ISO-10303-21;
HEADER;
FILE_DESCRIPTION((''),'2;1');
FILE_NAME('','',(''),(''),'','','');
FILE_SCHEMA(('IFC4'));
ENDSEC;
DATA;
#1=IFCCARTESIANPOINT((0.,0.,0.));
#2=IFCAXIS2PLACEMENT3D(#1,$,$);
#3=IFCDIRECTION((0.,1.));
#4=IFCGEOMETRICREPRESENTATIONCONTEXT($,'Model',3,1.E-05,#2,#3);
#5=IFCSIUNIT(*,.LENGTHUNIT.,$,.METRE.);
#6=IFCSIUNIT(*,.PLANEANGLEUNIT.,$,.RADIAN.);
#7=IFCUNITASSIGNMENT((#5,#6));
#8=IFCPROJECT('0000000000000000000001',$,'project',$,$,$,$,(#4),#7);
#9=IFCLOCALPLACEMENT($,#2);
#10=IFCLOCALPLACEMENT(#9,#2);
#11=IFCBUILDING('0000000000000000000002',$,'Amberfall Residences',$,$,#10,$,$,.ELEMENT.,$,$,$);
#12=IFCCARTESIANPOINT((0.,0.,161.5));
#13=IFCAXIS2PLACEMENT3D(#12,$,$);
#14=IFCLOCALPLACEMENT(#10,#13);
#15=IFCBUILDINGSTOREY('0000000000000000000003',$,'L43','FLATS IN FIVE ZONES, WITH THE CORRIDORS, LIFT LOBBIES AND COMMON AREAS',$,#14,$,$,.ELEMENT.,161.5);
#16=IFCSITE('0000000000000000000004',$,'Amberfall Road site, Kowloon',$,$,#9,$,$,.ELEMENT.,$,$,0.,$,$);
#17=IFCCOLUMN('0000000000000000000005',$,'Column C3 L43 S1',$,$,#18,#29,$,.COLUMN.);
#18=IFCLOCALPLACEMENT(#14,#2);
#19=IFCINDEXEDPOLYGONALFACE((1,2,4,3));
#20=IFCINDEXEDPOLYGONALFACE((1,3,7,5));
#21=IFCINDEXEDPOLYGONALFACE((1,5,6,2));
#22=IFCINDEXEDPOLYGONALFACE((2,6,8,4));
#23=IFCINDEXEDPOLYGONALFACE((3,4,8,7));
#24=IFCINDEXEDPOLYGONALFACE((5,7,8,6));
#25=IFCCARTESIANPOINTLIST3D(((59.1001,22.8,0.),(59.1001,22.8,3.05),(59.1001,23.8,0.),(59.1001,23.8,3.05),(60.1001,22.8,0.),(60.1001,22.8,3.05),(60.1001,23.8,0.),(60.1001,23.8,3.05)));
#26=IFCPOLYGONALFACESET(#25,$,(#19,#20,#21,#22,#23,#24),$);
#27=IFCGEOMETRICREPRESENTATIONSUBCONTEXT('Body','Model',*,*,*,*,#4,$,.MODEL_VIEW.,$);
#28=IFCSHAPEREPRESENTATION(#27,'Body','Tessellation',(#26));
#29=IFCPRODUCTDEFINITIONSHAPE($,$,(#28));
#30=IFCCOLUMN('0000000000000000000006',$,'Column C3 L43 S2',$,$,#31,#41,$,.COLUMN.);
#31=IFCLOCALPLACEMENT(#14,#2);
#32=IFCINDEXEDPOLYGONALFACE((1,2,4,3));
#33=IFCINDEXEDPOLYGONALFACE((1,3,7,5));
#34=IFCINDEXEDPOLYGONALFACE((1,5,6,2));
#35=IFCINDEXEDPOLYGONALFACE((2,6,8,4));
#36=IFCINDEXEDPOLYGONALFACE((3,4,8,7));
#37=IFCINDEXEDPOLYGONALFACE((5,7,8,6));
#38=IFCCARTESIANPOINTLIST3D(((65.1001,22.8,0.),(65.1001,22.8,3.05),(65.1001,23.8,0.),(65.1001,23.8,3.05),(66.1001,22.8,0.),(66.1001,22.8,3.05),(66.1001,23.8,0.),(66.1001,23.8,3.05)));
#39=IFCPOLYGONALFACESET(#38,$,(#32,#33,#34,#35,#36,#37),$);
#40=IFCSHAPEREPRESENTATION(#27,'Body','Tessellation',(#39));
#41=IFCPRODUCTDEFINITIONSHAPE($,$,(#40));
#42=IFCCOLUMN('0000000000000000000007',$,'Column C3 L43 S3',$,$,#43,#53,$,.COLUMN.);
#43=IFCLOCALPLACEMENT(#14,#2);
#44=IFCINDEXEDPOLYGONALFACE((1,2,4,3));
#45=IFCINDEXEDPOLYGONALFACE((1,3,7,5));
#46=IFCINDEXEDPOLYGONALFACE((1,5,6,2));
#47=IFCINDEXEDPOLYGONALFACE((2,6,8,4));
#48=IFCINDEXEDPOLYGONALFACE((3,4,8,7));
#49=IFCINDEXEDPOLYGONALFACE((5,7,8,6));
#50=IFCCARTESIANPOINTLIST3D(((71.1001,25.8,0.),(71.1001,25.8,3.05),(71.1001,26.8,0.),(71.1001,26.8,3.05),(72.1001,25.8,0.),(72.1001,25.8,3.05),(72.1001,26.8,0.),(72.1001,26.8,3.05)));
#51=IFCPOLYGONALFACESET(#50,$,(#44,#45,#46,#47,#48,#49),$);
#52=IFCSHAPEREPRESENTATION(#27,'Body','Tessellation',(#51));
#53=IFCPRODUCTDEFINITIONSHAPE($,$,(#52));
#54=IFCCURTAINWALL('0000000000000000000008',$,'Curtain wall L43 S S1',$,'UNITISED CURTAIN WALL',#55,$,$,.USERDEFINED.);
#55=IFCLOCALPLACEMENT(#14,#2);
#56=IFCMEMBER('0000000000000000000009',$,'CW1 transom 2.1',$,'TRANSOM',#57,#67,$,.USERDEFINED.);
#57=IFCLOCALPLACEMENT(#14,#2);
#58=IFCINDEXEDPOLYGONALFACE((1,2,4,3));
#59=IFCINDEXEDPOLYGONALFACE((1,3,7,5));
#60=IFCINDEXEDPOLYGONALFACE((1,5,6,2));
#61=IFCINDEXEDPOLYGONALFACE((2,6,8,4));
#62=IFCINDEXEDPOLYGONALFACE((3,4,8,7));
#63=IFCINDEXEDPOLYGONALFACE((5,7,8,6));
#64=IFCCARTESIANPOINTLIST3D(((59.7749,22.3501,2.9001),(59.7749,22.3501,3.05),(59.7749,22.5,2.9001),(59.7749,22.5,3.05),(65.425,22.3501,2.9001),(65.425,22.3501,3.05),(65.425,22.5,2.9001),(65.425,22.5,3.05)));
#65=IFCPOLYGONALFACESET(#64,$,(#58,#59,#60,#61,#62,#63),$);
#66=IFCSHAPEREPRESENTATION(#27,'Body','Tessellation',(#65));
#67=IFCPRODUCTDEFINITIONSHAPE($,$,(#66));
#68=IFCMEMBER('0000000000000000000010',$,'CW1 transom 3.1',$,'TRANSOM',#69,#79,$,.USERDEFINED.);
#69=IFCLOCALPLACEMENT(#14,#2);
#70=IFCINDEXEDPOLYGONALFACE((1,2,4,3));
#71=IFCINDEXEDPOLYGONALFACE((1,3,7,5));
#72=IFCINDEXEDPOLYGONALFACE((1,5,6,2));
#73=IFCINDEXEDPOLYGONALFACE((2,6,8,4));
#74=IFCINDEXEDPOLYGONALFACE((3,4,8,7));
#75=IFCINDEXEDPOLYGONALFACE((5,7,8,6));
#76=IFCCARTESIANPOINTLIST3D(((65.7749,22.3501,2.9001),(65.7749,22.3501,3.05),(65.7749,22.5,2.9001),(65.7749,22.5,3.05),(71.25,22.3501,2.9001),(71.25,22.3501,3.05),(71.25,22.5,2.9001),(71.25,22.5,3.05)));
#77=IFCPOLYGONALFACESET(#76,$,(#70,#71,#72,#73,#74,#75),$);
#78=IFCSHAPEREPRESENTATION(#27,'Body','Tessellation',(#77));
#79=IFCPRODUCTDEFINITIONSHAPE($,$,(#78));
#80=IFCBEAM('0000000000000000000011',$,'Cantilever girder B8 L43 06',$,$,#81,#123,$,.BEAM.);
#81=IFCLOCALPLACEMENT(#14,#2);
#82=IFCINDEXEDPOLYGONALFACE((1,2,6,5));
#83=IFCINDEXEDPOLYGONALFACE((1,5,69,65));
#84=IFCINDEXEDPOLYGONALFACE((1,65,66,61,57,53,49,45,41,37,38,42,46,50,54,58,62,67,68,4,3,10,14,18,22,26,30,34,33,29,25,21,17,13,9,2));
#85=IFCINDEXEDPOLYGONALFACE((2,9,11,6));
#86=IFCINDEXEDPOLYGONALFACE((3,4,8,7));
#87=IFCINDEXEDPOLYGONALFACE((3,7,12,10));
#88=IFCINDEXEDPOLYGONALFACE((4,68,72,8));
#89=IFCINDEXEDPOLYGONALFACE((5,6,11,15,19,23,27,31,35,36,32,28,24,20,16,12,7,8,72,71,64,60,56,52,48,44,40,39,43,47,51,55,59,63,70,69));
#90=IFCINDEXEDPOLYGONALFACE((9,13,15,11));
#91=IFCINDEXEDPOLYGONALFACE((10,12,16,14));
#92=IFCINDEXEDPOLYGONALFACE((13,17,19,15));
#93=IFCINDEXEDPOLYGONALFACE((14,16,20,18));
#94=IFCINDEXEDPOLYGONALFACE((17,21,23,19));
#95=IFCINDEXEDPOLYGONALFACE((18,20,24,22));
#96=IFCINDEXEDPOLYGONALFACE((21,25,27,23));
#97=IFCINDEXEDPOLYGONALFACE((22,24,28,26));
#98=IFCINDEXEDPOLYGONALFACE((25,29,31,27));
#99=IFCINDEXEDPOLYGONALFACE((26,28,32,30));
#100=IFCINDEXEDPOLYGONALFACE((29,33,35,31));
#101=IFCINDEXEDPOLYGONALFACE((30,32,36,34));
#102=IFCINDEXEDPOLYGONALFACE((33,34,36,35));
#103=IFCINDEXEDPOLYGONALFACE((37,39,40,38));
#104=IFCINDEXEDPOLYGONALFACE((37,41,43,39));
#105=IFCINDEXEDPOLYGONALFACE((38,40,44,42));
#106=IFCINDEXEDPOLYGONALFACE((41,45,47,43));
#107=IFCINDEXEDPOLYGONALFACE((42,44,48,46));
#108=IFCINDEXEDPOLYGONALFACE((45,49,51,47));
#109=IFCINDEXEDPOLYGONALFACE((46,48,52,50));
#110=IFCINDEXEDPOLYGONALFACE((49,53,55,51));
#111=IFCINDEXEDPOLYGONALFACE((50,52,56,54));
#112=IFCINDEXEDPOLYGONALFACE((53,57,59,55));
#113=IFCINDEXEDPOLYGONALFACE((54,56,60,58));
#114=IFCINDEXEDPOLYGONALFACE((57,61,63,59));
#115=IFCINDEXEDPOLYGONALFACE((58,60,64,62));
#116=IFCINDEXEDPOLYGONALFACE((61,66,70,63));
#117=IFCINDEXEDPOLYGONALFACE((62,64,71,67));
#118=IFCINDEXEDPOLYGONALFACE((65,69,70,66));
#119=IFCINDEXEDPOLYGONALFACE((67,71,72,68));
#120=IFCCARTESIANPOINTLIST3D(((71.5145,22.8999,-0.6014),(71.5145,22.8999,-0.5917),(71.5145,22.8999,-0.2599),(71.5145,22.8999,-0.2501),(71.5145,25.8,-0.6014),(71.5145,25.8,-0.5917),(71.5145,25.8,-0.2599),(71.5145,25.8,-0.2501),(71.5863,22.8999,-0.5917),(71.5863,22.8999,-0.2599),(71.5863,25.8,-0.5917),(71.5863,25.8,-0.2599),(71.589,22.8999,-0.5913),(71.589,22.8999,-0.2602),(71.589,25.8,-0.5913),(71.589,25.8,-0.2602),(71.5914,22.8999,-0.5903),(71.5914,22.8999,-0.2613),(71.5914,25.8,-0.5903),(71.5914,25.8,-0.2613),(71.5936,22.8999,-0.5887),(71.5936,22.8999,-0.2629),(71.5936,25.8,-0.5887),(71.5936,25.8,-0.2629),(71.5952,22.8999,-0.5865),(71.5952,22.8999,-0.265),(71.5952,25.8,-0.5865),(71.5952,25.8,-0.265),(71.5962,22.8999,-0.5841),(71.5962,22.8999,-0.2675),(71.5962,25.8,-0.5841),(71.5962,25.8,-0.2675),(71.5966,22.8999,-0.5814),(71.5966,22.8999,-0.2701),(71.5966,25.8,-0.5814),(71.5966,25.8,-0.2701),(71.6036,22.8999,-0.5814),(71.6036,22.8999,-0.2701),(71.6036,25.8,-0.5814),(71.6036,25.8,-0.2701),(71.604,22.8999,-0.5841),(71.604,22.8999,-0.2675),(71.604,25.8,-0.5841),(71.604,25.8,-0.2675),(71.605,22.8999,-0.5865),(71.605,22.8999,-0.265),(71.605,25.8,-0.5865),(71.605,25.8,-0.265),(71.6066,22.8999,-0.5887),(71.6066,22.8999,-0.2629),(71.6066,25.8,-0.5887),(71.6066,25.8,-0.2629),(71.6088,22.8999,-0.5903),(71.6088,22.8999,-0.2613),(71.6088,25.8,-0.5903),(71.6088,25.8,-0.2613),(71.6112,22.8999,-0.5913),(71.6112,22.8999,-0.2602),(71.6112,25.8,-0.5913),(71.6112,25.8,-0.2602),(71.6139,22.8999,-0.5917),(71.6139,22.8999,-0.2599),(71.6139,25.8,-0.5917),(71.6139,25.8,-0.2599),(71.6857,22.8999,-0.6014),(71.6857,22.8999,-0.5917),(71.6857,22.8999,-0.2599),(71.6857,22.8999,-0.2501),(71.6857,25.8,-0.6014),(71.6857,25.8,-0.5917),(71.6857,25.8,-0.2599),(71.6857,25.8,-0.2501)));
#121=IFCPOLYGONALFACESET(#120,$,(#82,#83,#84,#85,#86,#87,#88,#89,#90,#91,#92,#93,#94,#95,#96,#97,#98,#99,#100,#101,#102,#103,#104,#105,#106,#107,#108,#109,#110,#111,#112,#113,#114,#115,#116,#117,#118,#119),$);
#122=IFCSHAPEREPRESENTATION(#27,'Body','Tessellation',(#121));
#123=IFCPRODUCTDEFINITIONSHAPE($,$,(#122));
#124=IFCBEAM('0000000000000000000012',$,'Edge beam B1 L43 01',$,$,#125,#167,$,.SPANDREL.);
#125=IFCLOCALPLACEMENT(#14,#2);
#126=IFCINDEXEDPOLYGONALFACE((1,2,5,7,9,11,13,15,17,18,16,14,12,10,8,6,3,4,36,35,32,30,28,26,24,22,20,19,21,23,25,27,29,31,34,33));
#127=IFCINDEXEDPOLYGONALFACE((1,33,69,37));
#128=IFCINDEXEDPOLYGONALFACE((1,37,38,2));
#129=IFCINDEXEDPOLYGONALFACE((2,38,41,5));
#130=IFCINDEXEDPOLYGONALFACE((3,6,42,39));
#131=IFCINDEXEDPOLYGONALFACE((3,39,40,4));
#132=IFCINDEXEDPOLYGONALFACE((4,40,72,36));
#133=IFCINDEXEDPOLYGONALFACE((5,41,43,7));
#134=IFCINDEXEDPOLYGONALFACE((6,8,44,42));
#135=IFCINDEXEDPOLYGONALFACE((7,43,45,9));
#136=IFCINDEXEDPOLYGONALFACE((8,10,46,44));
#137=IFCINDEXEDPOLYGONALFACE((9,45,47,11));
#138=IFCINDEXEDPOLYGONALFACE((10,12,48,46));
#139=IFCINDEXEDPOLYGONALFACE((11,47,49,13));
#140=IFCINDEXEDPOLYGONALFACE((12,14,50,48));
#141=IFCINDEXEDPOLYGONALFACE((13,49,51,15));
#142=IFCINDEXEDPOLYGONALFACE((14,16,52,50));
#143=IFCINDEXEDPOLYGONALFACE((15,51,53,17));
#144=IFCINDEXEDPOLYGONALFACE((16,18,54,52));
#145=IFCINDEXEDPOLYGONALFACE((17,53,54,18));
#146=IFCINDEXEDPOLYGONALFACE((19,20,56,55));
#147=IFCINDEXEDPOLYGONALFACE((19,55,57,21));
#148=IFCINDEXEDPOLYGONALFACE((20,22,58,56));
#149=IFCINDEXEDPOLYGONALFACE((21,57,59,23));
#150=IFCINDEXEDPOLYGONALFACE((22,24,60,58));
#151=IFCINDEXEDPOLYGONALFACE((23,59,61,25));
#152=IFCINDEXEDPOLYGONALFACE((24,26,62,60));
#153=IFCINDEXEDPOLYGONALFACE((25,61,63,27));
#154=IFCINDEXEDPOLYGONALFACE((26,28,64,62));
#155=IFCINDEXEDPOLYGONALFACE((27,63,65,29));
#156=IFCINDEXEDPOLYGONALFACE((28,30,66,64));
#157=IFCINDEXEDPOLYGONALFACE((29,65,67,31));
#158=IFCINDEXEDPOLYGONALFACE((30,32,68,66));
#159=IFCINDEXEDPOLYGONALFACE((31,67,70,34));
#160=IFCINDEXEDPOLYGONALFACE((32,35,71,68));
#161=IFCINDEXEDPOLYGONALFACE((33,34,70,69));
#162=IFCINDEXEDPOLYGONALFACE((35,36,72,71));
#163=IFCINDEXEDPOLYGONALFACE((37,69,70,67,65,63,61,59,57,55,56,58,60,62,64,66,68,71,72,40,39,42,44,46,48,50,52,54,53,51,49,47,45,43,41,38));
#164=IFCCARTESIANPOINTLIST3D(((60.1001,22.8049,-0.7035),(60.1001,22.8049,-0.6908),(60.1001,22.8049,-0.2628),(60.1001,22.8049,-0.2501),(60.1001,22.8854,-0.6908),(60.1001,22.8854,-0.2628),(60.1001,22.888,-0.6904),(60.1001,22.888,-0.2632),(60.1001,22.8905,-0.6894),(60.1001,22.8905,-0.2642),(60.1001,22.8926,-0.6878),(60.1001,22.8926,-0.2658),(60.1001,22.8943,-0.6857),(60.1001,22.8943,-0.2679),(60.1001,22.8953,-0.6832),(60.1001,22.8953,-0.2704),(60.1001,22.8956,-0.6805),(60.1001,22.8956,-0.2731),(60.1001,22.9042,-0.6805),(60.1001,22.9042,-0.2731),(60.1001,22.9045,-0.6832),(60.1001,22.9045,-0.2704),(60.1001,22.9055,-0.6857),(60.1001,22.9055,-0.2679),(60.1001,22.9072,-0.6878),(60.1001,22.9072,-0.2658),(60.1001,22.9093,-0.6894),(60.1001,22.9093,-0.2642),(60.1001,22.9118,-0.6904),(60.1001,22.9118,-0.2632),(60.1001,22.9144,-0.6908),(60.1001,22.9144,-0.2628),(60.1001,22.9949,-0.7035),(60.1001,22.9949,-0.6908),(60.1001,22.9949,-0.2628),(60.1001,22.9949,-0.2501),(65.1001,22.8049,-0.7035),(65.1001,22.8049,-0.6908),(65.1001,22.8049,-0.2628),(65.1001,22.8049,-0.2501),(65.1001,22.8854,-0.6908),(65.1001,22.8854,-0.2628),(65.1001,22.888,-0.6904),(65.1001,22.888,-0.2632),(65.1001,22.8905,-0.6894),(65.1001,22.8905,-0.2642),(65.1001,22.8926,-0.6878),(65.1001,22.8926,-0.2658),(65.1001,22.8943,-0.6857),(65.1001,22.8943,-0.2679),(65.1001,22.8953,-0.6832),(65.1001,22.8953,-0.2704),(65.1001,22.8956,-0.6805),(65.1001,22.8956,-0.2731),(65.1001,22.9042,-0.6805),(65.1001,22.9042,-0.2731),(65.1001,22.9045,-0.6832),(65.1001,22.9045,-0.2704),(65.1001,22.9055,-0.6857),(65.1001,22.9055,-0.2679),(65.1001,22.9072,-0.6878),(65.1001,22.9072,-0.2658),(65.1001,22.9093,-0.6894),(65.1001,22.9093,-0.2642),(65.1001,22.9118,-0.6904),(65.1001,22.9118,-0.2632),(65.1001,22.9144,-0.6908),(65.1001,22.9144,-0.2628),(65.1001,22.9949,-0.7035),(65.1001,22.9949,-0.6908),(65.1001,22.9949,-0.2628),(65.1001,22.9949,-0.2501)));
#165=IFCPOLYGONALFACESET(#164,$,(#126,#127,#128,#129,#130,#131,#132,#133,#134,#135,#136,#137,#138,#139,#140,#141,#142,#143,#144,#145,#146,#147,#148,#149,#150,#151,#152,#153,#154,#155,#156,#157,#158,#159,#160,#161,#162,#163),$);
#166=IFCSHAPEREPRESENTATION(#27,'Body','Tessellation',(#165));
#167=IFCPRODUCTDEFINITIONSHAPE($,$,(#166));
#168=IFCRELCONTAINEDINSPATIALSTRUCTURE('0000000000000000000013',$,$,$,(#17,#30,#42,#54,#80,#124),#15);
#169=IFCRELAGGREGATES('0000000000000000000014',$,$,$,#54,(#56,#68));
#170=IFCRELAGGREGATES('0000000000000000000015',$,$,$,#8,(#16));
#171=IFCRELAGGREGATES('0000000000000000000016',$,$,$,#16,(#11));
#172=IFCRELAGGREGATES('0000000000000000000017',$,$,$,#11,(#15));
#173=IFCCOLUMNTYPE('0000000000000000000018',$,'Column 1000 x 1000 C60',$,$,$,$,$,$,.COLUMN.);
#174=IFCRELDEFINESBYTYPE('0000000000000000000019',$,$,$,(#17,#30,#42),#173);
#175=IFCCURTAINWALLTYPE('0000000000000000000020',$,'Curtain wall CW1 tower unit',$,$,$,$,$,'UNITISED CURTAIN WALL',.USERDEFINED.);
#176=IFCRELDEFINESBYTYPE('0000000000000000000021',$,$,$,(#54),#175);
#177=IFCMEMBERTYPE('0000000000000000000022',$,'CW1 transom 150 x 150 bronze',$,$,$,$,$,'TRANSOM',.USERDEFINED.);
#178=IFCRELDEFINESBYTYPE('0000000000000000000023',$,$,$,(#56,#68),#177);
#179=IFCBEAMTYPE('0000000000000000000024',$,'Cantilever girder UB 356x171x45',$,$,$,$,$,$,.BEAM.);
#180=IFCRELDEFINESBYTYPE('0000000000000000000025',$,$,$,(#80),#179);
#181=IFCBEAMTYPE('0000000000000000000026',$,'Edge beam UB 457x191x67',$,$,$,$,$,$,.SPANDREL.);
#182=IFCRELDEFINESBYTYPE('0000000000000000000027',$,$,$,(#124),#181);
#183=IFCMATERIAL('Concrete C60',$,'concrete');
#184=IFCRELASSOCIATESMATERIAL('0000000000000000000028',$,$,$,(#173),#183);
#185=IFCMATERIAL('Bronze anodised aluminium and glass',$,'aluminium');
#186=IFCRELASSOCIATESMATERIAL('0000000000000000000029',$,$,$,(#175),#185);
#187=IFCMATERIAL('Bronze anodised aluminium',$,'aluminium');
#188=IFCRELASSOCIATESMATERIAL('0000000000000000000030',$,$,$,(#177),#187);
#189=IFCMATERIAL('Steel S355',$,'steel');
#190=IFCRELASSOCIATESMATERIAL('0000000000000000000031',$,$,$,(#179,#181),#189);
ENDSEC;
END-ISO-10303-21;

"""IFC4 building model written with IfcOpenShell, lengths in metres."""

from ifc_helpers import new_model, si_unit, direction, frame, origin, origin_2d, place, context, subcontext, project, spatial, rectangle, i_section, extrude, material, material_profile, profile_set, type_object, element, aggregate, save


model = new_model("IFC4")

# Units and contexts
model_context = context("Model", 3, precision=1e-05, world=origin(), true_north=direction((0.0, 1.0)))
body_context = subcontext(model_context, "Body", "Model", "MODEL_VIEW")
ifc_project = project(units=[si_unit("LENGTHUNIT", "METRE"), si_unit("PLANEANGLEUNIT", "RADIAN")], contexts=[model_context])

# Site, building, storey
site_placement = place(None, origin())
site = spatial("IfcSite", under=ifc_project, at=site_placement, Name="Amberfall Road site, Kowloon", CompositionType="ELEMENT", RefElevation=0.0)
building_placement = place(site_placement, origin())
building = spatial("IfcBuilding", under=site, at=building_placement, Name="Amberfall Residences", CompositionType="ELEMENT")
storey_placement = place(building_placement, frame((0.0, 0.0, 161.5)))
storey = spatial("IfcBuildingStorey", under=building, at=storey_placement, Name="L43", Description="FLATS IN FIVE ZONES, WITH THE CORRIDORS, LIFT LOBBIES AND COMMON AREAS", CompositionType="ELEMENT", Elevation=161.5)

# Columns
ifc_material_1 = material(Name="Concrete C60", Category="concrete")
ifc_material_profile_1 = material_profile(ifc_material_1, rectangle(XDim=1.0, YDim=1.0, at=origin_2d()), Name="Column 1000 x 1000 C60")
ifc_profile_set_1 = profile_set([ifc_material_profile_1], Name="Concrete C60")
column_type = type_object("IfcColumnType", Name="Column 1000 x 1000 C60", PredefinedType="COLUMN", material=ifc_profile_set_1)
for number, where, z_axis, x_axis, name in (
    (1, (59.6001, 23.3, 0.0), (0.0, 0.0, 1.0), (1.0, 0.0, 0.0), "Column C3 L43 S1"),
    (2, (65.6001, 23.3, 0.0), (0.0, 0.0, 1.0), (1.0, 0.0, 0.0), "Column C3 L43 S2"),
    (3, (71.6001, 26.3, 0.0), (0.0, 0.0, 1.0), (1.0, 0.0, 0.0), "Column C3 L43 S3"),
):
    element("IfcColumn", number, at=place(storey_placement, frame(where, z_axis=z_axis, x_axis=x_axis)), inside=storey, type_object=column_type, Name=name, PredefinedType="COLUMN", context=body_context, shape_type="SweptSolid", body=[
        extrude(rectangle(XDim=1.0, YDim=1.0, at=origin_2d()), origin(), (0.0, 0.0, 1.0), 3.05),
    ])

# Curtain wall, members
ifc_material_2 = material(Name="Bronze anodised aluminium and glass", Category="aluminium")
curtain_wall_type = type_object("IfcCurtainWallType", Name="Curtain wall CW1 tower unit", ElementType="UNITISED CURTAIN WALL", PredefinedType="USERDEFINED", material=ifc_material_2)
curtain_wall_placement = place(storey_placement, origin())
curtain_wall = element("IfcCurtainWall", 4, at=curtain_wall_placement, inside=storey, type_object=curtain_wall_type, Name="Curtain wall L43 S S1", ObjectType="UNITISED CURTAIN WALL", PredefinedType="USERDEFINED")
ifc_material_3 = material(Name="Bronze anodised aluminium", Category="aluminium")
ifc_material_profile_2 = material_profile(ifc_material_3, rectangle(XDim=0.1499, YDim=0.1499, at=origin_2d()), Name="CW1 transom 150 x 150 bronze")
ifc_profile_set_2 = profile_set([ifc_material_profile_2], Name="Bronze anodised aluminium")
member_type_1 = type_object("IfcMemberType", Name="CW1 transom 150 x 150 bronze", ElementType="TRANSOM", PredefinedType="USERDEFINED", material=ifc_profile_set_2)
member_1_placement = place(storey_placement, frame((59.7749, 22.425, 2.9751), z_axis=(1.0, 0.0, 0.0), x_axis=(0.0, 1.0, 0.0)))
member_1 = element("IfcMember", 5, at=member_1_placement, type_object=member_type_1, Name="CW1 transom 2.1", ObjectType="TRANSOM", PredefinedType="USERDEFINED", context=body_context, shape_type="SweptSolid", body=[
    extrude(rectangle(XDim=0.1499, YDim=0.1499, at=origin_2d()), origin(), (0.0, 0.0, 1.0), 5.6501),
])
member_2_placement = place(storey_placement, frame((65.7749, 22.425, 2.9751), z_axis=(1.0, 0.0, 0.0), x_axis=(0.0, 1.0, 0.0)))
member_2 = element("IfcMember", 6, at=member_2_placement, type_object=member_type_1, Name="CW1 transom 3.1", ObjectType="TRANSOM", PredefinedType="USERDEFINED", context=body_context, shape_type="SweptSolid", body=[
    extrude(rectangle(XDim=0.1499, YDim=0.1499, at=origin_2d()), origin(), (0.0, 0.0, 1.0), 5.4751),
])

# Beams
ifc_material_4 = material(Name="Steel S355", Category="steel")
ifc_material_profile_3 = material_profile(ifc_material_4, i_section(OverallWidth=0.1711, OverallDepth=0.3513, WebThickness=0.0071, FlangeThickness=0.0098, FilletRadius=0.0103, at=origin_2d()), Name="UB 356x171x45")
ifc_profile_set_3 = profile_set([ifc_material_profile_3], Name="Steel S355")
beam_type_1 = type_object("IfcBeamType", Name="Cantilever girder UB 356x171x45", PredefinedType="BEAM", material=ifc_profile_set_3)
beam_1_placement = place(storey_placement, frame((71.6001, 25.8, -0.4258), z_axis=(0.0, -1.0, 0.0), x_axis=(1.0, 0.0, 0.0)))
element("IfcBeam", 7, at=beam_1_placement, inside=storey, type_object=beam_type_1, Name="Cantilever girder B8 L43 06", PredefinedType="BEAM", context=body_context, shape_type="SweptSolid", body=[
    extrude(i_section(OverallWidth=0.1711, OverallDepth=0.3513, WebThickness=0.0071, FlangeThickness=0.0098, FilletRadius=0.0103, at=origin_2d()), origin(), (0.0, 0.0, 1.0), 2.9001),
])
ifc_material_profile_4 = material_profile(ifc_material_4, i_section(OverallWidth=0.1899, OverallDepth=0.4534, WebThickness=0.0085, FlangeThickness=0.0127, FilletRadius=0.0103, at=origin_2d()), Name="UB 457x191x67")
ifc_profile_set_4 = profile_set([ifc_material_profile_4], Name="Steel S355")
beam_type_2 = type_object("IfcBeamType", Name="Edge beam UB 457x191x67", PredefinedType="SPANDREL", material=ifc_profile_set_4)
beam_2_placement = place(storey_placement, frame((60.1001, 22.8999, -0.4768), z_axis=(1.0, 0.0, 0.0), x_axis=(0.0, 1.0, 0.0)))
element("IfcBeam", 8, at=beam_2_placement, inside=storey, type_object=beam_type_2, Name="Edge beam B1 L43 01", PredefinedType="SPANDREL", context=body_context, shape_type="SweptSolid", body=[
    extrude(i_section(OverallWidth=0.1899, OverallDepth=0.4534, WebThickness=0.0085, FlangeThickness=0.0127, FilletRadius=0.0103, at=origin_2d()), origin(), (0.0, 0.0, 1.0), 5.0),
])

aggregate(curtain_wall, [member_1, member_2])

save(model, "model.ifc")
